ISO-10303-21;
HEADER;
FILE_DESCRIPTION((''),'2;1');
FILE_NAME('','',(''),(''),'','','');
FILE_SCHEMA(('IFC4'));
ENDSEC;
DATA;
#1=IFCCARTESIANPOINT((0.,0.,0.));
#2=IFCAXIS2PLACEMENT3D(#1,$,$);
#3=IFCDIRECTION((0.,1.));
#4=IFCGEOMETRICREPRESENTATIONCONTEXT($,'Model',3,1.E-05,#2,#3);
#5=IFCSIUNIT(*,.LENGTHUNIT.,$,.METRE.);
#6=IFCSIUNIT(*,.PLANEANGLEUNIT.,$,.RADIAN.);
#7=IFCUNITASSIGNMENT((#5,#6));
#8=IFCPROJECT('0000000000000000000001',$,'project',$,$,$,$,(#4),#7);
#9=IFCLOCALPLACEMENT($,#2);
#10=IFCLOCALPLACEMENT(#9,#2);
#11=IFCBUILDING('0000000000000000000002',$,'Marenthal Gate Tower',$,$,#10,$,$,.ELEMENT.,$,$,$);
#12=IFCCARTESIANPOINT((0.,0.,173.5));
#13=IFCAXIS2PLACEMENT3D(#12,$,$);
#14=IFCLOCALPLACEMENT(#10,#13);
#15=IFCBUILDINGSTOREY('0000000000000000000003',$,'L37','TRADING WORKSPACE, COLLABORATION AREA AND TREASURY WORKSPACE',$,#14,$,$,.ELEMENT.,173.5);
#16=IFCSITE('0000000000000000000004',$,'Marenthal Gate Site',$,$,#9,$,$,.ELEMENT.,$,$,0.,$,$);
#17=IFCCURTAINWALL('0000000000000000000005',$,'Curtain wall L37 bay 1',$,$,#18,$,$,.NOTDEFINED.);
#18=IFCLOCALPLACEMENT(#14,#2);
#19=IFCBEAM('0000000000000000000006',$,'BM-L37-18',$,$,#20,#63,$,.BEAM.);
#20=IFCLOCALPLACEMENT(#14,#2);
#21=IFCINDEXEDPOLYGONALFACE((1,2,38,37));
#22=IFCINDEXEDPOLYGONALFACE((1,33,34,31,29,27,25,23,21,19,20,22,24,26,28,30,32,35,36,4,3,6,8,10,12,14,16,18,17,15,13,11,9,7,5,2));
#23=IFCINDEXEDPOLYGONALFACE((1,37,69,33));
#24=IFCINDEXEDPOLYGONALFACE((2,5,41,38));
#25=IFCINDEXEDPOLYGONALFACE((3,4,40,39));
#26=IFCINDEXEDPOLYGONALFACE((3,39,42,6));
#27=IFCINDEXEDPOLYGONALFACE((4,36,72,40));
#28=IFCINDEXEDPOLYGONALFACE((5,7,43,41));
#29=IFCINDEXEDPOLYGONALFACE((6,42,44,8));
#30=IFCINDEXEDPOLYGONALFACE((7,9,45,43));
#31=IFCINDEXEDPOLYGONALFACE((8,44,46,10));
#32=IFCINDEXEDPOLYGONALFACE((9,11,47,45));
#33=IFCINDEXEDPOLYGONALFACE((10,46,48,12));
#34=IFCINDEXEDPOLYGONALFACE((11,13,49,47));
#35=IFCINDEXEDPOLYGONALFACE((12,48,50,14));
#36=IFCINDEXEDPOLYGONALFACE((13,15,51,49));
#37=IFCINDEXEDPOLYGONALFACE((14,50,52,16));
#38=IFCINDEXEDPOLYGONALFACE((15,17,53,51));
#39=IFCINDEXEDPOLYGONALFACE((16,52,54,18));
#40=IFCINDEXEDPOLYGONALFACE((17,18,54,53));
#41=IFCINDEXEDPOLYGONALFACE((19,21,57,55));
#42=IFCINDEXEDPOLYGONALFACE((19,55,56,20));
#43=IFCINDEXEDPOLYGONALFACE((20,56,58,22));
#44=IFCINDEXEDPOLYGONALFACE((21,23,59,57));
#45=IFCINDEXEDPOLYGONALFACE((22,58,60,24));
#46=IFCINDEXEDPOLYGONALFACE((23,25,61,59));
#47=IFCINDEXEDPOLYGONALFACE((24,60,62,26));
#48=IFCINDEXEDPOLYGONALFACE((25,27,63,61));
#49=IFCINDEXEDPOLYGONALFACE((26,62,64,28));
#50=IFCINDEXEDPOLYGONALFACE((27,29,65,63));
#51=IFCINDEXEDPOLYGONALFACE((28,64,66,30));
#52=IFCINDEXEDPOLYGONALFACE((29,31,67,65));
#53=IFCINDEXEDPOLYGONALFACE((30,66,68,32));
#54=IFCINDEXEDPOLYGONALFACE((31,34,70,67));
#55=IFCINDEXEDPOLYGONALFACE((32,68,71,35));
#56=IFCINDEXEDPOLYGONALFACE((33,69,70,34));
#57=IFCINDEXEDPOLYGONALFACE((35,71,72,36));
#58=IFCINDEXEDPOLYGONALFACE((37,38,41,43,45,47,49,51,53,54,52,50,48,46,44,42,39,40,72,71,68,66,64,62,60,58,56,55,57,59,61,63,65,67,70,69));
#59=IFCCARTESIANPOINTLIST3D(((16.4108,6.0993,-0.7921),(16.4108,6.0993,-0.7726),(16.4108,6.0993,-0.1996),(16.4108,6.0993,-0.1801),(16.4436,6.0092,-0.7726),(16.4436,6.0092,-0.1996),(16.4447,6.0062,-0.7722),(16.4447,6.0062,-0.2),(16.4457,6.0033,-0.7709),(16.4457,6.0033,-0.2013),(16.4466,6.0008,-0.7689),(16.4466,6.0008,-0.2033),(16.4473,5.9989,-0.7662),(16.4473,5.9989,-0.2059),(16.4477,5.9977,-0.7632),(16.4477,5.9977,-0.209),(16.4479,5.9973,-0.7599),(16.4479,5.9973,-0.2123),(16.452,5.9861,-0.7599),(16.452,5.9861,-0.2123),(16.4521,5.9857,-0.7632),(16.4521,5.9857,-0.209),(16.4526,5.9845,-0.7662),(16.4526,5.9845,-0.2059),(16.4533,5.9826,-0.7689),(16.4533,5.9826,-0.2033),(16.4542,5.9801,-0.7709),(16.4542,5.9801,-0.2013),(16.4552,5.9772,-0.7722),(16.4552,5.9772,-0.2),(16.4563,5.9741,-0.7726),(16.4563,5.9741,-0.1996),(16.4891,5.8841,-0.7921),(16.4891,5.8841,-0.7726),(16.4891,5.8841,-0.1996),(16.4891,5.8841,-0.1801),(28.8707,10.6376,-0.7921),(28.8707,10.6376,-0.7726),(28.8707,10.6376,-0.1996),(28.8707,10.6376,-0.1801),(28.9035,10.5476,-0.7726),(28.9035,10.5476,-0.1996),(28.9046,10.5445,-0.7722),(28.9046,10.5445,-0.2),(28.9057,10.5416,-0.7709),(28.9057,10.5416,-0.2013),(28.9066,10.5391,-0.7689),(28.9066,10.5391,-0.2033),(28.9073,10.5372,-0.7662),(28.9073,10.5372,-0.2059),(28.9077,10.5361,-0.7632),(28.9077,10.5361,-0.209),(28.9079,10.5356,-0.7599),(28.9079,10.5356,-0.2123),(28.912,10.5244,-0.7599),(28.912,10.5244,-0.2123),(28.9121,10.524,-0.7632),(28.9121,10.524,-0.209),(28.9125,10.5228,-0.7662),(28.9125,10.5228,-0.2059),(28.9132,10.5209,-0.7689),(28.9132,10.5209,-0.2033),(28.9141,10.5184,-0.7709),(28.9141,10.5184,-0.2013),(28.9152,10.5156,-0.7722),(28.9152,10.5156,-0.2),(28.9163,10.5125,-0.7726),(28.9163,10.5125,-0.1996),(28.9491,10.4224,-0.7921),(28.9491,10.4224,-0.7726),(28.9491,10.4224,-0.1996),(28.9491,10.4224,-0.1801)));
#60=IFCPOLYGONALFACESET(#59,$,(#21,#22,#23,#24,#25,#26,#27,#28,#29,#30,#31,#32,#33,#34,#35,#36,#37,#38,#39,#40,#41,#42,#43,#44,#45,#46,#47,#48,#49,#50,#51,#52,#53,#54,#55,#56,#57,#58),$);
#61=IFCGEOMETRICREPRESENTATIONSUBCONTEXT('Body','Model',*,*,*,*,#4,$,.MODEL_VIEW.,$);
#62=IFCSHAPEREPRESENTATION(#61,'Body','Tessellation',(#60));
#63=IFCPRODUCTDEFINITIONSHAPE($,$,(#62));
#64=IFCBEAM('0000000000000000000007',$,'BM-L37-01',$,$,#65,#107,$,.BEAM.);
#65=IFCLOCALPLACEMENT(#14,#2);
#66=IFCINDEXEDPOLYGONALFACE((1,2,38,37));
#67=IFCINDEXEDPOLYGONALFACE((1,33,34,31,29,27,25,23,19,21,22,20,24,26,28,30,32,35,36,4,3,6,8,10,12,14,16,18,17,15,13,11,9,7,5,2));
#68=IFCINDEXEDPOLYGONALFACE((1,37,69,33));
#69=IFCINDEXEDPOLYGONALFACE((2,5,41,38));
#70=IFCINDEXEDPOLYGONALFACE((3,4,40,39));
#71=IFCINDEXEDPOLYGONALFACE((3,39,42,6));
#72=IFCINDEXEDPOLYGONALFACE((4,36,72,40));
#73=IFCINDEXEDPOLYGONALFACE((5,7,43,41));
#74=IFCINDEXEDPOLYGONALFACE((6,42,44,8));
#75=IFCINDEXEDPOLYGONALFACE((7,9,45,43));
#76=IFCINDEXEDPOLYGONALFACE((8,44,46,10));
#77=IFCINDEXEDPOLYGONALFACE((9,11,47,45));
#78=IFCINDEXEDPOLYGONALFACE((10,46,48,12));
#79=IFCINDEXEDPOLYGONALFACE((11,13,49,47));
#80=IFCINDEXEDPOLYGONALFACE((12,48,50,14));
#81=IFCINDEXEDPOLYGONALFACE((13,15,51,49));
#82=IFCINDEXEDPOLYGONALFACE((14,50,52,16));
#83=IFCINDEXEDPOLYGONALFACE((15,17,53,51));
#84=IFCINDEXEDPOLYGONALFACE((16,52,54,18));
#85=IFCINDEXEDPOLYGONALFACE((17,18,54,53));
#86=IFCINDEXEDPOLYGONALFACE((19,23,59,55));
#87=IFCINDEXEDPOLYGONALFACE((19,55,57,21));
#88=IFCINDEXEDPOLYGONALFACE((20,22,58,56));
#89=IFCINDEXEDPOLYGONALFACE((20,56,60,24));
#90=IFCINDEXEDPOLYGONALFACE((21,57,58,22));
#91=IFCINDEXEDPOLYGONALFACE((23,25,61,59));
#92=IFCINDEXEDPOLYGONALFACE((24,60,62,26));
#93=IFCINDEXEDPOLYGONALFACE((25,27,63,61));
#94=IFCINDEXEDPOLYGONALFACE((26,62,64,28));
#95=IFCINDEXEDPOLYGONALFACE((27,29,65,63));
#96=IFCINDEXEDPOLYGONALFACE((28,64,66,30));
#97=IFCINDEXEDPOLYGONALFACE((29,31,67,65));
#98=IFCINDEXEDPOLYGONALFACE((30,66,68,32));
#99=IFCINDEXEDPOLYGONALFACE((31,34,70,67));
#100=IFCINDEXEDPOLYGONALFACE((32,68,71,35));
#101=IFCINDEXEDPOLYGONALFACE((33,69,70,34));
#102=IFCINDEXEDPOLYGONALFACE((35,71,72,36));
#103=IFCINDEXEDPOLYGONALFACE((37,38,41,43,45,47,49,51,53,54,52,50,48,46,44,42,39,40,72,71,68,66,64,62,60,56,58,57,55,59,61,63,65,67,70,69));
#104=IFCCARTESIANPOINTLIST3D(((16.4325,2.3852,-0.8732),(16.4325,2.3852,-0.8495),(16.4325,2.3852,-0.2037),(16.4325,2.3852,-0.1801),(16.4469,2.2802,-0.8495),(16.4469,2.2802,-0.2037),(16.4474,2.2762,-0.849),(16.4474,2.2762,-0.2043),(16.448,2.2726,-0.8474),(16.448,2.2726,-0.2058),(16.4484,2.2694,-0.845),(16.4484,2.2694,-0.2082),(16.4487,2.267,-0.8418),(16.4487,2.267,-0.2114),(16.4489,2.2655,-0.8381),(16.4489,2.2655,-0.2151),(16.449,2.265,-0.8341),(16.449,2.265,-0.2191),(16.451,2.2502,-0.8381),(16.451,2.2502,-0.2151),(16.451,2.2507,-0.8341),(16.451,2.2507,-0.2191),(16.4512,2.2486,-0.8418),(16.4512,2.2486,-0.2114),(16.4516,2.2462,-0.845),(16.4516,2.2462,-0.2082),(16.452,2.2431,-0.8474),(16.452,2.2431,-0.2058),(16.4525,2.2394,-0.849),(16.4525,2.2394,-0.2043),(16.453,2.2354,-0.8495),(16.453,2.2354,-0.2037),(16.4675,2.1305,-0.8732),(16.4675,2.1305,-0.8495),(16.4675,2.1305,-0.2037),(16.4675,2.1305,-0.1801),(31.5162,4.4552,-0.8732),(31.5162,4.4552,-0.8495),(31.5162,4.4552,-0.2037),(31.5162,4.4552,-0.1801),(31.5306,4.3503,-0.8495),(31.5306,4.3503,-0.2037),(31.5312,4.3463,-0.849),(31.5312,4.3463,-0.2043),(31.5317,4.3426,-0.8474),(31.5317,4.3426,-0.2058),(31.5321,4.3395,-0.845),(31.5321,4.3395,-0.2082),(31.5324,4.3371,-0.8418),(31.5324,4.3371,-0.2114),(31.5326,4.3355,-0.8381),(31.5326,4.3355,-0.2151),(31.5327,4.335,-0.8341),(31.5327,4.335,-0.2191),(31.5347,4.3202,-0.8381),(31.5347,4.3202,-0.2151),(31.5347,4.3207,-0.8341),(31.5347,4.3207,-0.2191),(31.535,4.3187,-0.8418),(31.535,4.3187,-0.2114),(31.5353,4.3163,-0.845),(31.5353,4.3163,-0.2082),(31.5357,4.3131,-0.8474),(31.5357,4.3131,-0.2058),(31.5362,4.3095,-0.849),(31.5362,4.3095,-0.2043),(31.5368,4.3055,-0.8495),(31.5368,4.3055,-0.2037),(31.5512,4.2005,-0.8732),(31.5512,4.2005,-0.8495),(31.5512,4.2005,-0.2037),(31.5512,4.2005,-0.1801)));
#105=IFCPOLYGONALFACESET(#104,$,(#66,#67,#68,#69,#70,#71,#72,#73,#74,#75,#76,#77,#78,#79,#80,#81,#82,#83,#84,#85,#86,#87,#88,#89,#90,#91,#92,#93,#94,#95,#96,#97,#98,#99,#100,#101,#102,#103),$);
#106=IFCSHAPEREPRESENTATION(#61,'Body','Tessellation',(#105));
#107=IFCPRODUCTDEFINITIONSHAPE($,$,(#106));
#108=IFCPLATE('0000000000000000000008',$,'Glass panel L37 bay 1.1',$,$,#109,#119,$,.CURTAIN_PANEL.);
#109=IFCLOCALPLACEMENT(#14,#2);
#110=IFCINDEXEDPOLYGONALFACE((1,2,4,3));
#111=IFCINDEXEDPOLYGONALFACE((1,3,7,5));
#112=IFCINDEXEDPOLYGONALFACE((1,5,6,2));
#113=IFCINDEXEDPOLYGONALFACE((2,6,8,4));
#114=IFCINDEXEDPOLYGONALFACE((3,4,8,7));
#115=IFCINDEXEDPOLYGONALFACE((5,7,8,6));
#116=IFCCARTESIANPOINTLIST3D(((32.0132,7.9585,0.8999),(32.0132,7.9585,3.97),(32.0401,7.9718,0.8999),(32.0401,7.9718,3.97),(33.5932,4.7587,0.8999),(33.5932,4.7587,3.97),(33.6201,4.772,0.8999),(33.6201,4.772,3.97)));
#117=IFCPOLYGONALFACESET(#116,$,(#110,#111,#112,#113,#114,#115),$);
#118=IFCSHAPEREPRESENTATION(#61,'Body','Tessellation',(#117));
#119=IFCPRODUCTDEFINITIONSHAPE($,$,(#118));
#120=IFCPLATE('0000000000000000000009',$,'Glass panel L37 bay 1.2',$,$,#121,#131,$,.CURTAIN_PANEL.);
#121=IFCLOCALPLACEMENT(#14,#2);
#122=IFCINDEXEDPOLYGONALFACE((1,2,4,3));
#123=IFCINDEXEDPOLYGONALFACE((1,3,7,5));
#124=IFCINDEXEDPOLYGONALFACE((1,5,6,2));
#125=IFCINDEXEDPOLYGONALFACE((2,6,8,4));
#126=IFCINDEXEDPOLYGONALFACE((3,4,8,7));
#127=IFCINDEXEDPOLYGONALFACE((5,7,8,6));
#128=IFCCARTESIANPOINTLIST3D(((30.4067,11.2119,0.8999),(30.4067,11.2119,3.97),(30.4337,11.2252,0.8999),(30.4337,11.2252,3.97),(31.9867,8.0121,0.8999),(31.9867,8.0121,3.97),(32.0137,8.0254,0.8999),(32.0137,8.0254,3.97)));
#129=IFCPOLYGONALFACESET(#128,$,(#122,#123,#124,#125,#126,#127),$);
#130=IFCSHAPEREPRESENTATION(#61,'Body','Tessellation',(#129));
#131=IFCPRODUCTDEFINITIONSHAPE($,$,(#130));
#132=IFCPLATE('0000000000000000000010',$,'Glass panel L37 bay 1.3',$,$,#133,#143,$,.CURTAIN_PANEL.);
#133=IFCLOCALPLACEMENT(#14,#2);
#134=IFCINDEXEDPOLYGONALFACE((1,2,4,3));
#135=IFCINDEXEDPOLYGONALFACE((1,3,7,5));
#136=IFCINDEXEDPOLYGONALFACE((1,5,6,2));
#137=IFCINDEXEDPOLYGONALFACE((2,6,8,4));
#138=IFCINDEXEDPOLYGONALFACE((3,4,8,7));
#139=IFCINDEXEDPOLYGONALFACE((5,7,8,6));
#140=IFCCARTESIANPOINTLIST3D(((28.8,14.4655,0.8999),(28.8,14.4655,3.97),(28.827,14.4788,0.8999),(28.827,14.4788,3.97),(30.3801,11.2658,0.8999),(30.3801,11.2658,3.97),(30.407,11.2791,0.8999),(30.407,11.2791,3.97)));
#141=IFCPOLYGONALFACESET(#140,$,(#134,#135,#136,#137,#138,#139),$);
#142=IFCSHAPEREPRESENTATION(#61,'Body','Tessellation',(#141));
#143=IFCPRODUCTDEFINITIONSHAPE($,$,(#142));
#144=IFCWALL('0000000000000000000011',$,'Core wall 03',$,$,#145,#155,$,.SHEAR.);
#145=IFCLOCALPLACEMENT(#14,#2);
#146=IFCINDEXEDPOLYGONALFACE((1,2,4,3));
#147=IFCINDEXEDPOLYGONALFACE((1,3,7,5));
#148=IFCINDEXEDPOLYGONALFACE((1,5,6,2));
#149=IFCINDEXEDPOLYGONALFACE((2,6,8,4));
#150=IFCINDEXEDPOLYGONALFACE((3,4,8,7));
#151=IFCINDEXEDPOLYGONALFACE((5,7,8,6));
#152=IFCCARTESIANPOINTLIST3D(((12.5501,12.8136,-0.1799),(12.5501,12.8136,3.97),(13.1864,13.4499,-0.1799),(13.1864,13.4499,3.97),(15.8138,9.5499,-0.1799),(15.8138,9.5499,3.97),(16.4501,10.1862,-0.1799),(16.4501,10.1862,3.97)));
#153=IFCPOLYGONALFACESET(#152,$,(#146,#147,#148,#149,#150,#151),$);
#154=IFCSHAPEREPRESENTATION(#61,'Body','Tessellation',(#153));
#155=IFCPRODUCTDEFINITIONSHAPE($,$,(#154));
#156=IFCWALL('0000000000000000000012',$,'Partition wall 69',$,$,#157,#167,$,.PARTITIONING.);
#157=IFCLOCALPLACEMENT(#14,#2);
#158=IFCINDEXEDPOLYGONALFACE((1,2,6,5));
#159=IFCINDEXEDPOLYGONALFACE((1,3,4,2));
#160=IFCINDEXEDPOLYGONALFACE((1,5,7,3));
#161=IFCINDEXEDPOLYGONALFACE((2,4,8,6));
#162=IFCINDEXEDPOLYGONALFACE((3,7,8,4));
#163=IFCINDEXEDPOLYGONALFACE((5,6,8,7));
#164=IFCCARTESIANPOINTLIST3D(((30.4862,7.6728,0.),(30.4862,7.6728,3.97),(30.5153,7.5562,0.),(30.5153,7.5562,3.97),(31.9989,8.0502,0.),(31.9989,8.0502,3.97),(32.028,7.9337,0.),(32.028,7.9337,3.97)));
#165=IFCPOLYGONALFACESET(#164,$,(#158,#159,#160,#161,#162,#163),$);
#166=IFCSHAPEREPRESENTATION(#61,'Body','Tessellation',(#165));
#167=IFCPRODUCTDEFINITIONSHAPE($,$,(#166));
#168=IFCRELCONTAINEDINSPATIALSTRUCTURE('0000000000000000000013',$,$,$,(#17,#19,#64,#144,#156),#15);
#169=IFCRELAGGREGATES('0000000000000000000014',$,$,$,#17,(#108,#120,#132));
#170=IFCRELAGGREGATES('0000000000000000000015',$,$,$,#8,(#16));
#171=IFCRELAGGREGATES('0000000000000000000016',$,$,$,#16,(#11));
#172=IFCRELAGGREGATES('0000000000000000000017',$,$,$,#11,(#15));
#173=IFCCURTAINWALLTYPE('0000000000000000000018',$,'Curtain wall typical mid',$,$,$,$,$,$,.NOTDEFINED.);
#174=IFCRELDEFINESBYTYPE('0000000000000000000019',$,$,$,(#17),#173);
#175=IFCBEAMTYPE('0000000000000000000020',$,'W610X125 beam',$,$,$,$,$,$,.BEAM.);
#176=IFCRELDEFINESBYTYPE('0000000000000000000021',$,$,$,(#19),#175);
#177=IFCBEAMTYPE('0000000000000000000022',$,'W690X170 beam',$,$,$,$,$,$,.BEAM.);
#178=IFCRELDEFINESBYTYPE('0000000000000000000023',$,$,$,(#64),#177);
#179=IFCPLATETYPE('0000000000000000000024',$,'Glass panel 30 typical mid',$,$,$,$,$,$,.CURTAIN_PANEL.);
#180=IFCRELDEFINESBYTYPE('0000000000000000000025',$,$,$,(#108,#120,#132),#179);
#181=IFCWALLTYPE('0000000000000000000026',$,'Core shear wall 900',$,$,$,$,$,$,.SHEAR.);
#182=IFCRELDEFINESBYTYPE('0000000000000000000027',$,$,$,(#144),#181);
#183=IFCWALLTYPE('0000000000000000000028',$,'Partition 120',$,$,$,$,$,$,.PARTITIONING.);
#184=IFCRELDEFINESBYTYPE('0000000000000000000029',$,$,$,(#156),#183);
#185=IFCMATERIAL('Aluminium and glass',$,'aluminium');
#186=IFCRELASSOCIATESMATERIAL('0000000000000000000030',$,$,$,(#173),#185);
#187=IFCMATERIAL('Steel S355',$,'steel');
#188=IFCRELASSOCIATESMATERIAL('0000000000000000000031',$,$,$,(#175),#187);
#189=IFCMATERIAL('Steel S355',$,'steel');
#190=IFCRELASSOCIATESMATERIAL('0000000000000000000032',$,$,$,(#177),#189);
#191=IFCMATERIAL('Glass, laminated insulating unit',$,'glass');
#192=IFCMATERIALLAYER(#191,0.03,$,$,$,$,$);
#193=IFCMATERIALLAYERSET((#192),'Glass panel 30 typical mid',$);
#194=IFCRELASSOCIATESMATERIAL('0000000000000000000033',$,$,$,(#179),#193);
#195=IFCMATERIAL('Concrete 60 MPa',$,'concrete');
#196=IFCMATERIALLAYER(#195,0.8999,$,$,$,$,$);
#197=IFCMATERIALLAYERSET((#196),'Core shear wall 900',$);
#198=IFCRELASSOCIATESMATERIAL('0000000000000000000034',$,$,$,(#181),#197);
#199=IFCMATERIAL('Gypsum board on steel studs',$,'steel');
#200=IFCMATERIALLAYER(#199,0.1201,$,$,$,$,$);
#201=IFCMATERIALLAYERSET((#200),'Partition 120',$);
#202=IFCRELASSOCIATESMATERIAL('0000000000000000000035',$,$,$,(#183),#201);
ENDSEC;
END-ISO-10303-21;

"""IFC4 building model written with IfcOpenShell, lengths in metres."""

from ifc_helpers import new_model, si_unit, direction, frame, frame_2d, origin, origin_2d, place, context, subcontext, project, spatial, rectangle, i_section, extrude, material, layer, layer_set, material_profile, profile_set, type_object, element, aggregate, save


model = new_model("IFC4")

# Units and contexts
model_context = context("Model", 3, precision=1e-05, world=origin(), true_north=direction((0.0, 1.0)))
body_context = subcontext(model_context, "Body", "Model", "MODEL_VIEW")
ifc_project = project(units=[si_unit("LENGTHUNIT", "METRE"), si_unit("PLANEANGLEUNIT", "RADIAN")], contexts=[model_context])

# Site, building, storey
site_placement = place(None, origin())
site = spatial("IfcSite", under=ifc_project, at=site_placement, Name="Marenthal Gate Site", CompositionType="ELEMENT", RefElevation=0.0)
building_placement = place(site_placement, origin())
building = spatial("IfcBuilding", under=site, at=building_placement, Name="Marenthal Gate Tower", CompositionType="ELEMENT")
storey_placement = place(building_placement, frame((0.0, 0.0, 173.5)))
storey = spatial("IfcBuildingStorey", under=building, at=storey_placement, Name="L37", Description="TRADING WORKSPACE, COLLABORATION AREA AND TREASURY WORKSPACE", CompositionType="ELEMENT", Elevation=173.5)

# Curtain wall
ifc_material_1 = material(Name="Aluminium and glass", Category="aluminium")
curtain_wall_type = type_object("IfcCurtainWallType", Name="Curtain wall typical mid", PredefinedType="NOTDEFINED", material=ifc_material_1)
curtain_wall_placement = place(storey_placement, origin())
curtain_wall = element("IfcCurtainWall", 1, at=curtain_wall_placement, inside=storey, type_object=curtain_wall_type, Name="Curtain wall L37 bay 1", PredefinedType="NOTDEFINED")

# Beams
ifc_material_2 = material(Name="Steel S355", Category="steel")
ifc_material_profile_1 = material_profile(ifc_material_2, i_section(OverallWidth=0.229, OverallDepth=0.6121, WebThickness=0.012, FlangeThickness=0.0195, FilletRadius=0.0127, at=origin_2d()), Name="W610X125")
ifc_profile_set_1 = profile_set([ifc_material_profile_1], Name="Steel S355")
beam_type_1 = type_object("IfcBeamType", Name="W610X125 beam", PredefinedType="BEAM", material=ifc_profile_set_1)
beam_1_placement = place(storey_placement, frame((28.9099, 10.53, -0.4861), z_axis=(-0.939613, -0.342238, 0.0), x_axis=(0.342238, -0.939613, 0.0)))
element("IfcBeam", 2, at=beam_1_placement, inside=storey, type_object=beam_type_1, Name="BM-L37-18", PredefinedType="BEAM", context=body_context, shape_type="SweptSolid", body=[
    extrude(i_section(OverallWidth=0.229, OverallDepth=0.6121, WebThickness=0.012, FlangeThickness=0.0195, FilletRadius=0.0127, at=origin_2d()), origin(), (0.0, 0.0, 1.0), 13.2607),
])
ifc_material_3 = material(Name="Steel S355", Category="steel")
ifc_material_profile_2 = material_profile(ifc_material_3, i_section(OverallWidth=0.2571, OverallDepth=0.6931, WebThickness=0.0144, FlangeThickness=0.0237, FilletRadius=0.0154, at=origin_2d()), Name="W690X170")
ifc_profile_set_2 = profile_set([ifc_material_profile_2], Name="Steel S355")
beam_type_2 = type_object("IfcBeamType", Name="W690X170 beam", PredefinedType="BEAM", material=ifc_profile_set_2)
beam_2_placement = place(storey_placement, frame((31.5337, 4.3279, -0.5266), z_axis=(-0.990714, -0.135964, 0.0), x_axis=(0.135964, -0.990714, 0.0)))
element("IfcBeam", 3, at=beam_2_placement, inside=storey, type_object=beam_type_2, Name="BM-L37-01", PredefinedType="BEAM", context=body_context, shape_type="SweptSolid", body=[
    extrude(i_section(OverallWidth=0.2571, OverallDepth=0.6931, WebThickness=0.0144, FlangeThickness=0.0237, FilletRadius=0.0154, at=origin_2d()), origin(), (0.0, 0.0, 1.0), 15.2251),
])

# Plates
ifc_material_4 = material(Name="Glass, laminated insulating unit", Category="glass")
ifc_layer_1 = layer(ifc_material_4, 0.03)
ifc_layer_set_1 = layer_set([ifc_layer_1], Name="Glass panel 30 typical mid")
plate_type = type_object("IfcPlateType", Name="Glass panel 30 typical mid", PredefinedType="CURTAIN_PANEL", material=ifc_layer_set_1)
plate_1_placement = place(storey_placement, frame((32.8167, 6.3652, 0.8999), z_axis=(0.0, 0.0, 1.0), x_axis=(-0.442753, 0.896643, 0.0)))
plate_1 = element("IfcPlate", 4, at=plate_1_placement, type_object=plate_type, Name="Glass panel L37 bay 1.1", PredefinedType="CURTAIN_PANEL", context=body_context, shape_type="SweptSolid", body=[
    extrude(rectangle(XDim=3.5686, YDim=0.03, at=origin_2d()), origin(), (0.0, 0.0, 1.0), 3.0701),
])
plate_2_placement = place(storey_placement, frame((31.2102, 9.6187, 0.8999), z_axis=(0.0, 0.0, 1.0), x_axis=(-0.442753, 0.896643, 0.0)))
plate_2 = element("IfcPlate", 5, at=plate_2_placement, type_object=plate_type, Name="Glass panel L37 bay 1.2", PredefinedType="CURTAIN_PANEL", context=body_context, shape_type="SweptSolid", body=[
    extrude(rectangle(XDim=3.5686, YDim=0.03, at=origin_2d()), origin(), (0.0, 0.0, 1.0), 3.0701),
])
plate_3_placement = place(storey_placement, frame((29.6035, 12.8723, 0.8999), z_axis=(0.0, 0.0, 1.0), x_axis=(-0.442753, 0.896643, 0.0)))
plate_3 = element("IfcPlate", 6, at=plate_3_placement, type_object=plate_type, Name="Glass panel L37 bay 1.3", PredefinedType="CURTAIN_PANEL", context=body_context, shape_type="SweptSolid", body=[
    extrude(rectangle(XDim=3.5686, YDim=0.03, at=origin_2d()), origin(), (0.0, 0.0, 1.0), 3.0701),
])
aggregate(curtain_wall, [plate_1, plate_2, plate_3])

# Walls
ifc_material_5 = material(Name="Concrete 60 MPa", Category="concrete")
ifc_layer_2 = layer(ifc_material_5, 0.8999)
ifc_layer_set_2 = layer_set([ifc_layer_2], Name="Core shear wall 900")
wall_type_1 = type_object("IfcWallType", Name="Core shear wall 900", PredefinedType="SHEAR", material=ifc_layer_set_2)
wall_1_placement = place(storey_placement, frame((16.1318, 9.8682, -0.1799), z_axis=(0.0, 0.0, 1.0), x_axis=(-0.707107, 0.707107, 0.0)))
element("IfcWall", 7, at=wall_1_placement, inside=storey, type_object=wall_type_1, Name="Core wall 03", PredefinedType="SHEAR", context=body_context, shape_type="SweptSolid", body=[
    extrude(rectangle(XDim=4.6155, YDim=0.8999, at=frame_2d((2.3076, 0.0))), origin(), (0.0, 0.0, 1.0), 4.1499),
])
ifc_material_6 = material(Name="Gypsum board on steel studs", Category="steel")
ifc_layer_3 = layer(ifc_material_6, 0.1201)
ifc_layer_set_3 = layer_set([ifc_layer_3], Name="Partition 120")
wall_type_2 = type_object("IfcWallType", Name="Partition 120", PredefinedType="PARTITIONING", material=ifc_layer_set_3)
wall_2_placement = place(storey_placement, frame((30.5007, 7.6145, 0.0), z_axis=(0.0, 0.0, 1.0), x_axis=(0.970253, 0.242093, 0.0)))
element("IfcWall", 8, at=wall_2_placement, inside=storey, type_object=wall_type_2, Name="Partition wall 69", PredefinedType="PARTITIONING", context=body_context, shape_type="SweptSolid", body=[
    extrude(rectangle(XDim=1.5591, YDim=0.1201, at=frame_2d((0.7795, 0.0))), origin(), (0.0, 0.0, 1.0), 3.97),
])

save(model, "model.ifc")
